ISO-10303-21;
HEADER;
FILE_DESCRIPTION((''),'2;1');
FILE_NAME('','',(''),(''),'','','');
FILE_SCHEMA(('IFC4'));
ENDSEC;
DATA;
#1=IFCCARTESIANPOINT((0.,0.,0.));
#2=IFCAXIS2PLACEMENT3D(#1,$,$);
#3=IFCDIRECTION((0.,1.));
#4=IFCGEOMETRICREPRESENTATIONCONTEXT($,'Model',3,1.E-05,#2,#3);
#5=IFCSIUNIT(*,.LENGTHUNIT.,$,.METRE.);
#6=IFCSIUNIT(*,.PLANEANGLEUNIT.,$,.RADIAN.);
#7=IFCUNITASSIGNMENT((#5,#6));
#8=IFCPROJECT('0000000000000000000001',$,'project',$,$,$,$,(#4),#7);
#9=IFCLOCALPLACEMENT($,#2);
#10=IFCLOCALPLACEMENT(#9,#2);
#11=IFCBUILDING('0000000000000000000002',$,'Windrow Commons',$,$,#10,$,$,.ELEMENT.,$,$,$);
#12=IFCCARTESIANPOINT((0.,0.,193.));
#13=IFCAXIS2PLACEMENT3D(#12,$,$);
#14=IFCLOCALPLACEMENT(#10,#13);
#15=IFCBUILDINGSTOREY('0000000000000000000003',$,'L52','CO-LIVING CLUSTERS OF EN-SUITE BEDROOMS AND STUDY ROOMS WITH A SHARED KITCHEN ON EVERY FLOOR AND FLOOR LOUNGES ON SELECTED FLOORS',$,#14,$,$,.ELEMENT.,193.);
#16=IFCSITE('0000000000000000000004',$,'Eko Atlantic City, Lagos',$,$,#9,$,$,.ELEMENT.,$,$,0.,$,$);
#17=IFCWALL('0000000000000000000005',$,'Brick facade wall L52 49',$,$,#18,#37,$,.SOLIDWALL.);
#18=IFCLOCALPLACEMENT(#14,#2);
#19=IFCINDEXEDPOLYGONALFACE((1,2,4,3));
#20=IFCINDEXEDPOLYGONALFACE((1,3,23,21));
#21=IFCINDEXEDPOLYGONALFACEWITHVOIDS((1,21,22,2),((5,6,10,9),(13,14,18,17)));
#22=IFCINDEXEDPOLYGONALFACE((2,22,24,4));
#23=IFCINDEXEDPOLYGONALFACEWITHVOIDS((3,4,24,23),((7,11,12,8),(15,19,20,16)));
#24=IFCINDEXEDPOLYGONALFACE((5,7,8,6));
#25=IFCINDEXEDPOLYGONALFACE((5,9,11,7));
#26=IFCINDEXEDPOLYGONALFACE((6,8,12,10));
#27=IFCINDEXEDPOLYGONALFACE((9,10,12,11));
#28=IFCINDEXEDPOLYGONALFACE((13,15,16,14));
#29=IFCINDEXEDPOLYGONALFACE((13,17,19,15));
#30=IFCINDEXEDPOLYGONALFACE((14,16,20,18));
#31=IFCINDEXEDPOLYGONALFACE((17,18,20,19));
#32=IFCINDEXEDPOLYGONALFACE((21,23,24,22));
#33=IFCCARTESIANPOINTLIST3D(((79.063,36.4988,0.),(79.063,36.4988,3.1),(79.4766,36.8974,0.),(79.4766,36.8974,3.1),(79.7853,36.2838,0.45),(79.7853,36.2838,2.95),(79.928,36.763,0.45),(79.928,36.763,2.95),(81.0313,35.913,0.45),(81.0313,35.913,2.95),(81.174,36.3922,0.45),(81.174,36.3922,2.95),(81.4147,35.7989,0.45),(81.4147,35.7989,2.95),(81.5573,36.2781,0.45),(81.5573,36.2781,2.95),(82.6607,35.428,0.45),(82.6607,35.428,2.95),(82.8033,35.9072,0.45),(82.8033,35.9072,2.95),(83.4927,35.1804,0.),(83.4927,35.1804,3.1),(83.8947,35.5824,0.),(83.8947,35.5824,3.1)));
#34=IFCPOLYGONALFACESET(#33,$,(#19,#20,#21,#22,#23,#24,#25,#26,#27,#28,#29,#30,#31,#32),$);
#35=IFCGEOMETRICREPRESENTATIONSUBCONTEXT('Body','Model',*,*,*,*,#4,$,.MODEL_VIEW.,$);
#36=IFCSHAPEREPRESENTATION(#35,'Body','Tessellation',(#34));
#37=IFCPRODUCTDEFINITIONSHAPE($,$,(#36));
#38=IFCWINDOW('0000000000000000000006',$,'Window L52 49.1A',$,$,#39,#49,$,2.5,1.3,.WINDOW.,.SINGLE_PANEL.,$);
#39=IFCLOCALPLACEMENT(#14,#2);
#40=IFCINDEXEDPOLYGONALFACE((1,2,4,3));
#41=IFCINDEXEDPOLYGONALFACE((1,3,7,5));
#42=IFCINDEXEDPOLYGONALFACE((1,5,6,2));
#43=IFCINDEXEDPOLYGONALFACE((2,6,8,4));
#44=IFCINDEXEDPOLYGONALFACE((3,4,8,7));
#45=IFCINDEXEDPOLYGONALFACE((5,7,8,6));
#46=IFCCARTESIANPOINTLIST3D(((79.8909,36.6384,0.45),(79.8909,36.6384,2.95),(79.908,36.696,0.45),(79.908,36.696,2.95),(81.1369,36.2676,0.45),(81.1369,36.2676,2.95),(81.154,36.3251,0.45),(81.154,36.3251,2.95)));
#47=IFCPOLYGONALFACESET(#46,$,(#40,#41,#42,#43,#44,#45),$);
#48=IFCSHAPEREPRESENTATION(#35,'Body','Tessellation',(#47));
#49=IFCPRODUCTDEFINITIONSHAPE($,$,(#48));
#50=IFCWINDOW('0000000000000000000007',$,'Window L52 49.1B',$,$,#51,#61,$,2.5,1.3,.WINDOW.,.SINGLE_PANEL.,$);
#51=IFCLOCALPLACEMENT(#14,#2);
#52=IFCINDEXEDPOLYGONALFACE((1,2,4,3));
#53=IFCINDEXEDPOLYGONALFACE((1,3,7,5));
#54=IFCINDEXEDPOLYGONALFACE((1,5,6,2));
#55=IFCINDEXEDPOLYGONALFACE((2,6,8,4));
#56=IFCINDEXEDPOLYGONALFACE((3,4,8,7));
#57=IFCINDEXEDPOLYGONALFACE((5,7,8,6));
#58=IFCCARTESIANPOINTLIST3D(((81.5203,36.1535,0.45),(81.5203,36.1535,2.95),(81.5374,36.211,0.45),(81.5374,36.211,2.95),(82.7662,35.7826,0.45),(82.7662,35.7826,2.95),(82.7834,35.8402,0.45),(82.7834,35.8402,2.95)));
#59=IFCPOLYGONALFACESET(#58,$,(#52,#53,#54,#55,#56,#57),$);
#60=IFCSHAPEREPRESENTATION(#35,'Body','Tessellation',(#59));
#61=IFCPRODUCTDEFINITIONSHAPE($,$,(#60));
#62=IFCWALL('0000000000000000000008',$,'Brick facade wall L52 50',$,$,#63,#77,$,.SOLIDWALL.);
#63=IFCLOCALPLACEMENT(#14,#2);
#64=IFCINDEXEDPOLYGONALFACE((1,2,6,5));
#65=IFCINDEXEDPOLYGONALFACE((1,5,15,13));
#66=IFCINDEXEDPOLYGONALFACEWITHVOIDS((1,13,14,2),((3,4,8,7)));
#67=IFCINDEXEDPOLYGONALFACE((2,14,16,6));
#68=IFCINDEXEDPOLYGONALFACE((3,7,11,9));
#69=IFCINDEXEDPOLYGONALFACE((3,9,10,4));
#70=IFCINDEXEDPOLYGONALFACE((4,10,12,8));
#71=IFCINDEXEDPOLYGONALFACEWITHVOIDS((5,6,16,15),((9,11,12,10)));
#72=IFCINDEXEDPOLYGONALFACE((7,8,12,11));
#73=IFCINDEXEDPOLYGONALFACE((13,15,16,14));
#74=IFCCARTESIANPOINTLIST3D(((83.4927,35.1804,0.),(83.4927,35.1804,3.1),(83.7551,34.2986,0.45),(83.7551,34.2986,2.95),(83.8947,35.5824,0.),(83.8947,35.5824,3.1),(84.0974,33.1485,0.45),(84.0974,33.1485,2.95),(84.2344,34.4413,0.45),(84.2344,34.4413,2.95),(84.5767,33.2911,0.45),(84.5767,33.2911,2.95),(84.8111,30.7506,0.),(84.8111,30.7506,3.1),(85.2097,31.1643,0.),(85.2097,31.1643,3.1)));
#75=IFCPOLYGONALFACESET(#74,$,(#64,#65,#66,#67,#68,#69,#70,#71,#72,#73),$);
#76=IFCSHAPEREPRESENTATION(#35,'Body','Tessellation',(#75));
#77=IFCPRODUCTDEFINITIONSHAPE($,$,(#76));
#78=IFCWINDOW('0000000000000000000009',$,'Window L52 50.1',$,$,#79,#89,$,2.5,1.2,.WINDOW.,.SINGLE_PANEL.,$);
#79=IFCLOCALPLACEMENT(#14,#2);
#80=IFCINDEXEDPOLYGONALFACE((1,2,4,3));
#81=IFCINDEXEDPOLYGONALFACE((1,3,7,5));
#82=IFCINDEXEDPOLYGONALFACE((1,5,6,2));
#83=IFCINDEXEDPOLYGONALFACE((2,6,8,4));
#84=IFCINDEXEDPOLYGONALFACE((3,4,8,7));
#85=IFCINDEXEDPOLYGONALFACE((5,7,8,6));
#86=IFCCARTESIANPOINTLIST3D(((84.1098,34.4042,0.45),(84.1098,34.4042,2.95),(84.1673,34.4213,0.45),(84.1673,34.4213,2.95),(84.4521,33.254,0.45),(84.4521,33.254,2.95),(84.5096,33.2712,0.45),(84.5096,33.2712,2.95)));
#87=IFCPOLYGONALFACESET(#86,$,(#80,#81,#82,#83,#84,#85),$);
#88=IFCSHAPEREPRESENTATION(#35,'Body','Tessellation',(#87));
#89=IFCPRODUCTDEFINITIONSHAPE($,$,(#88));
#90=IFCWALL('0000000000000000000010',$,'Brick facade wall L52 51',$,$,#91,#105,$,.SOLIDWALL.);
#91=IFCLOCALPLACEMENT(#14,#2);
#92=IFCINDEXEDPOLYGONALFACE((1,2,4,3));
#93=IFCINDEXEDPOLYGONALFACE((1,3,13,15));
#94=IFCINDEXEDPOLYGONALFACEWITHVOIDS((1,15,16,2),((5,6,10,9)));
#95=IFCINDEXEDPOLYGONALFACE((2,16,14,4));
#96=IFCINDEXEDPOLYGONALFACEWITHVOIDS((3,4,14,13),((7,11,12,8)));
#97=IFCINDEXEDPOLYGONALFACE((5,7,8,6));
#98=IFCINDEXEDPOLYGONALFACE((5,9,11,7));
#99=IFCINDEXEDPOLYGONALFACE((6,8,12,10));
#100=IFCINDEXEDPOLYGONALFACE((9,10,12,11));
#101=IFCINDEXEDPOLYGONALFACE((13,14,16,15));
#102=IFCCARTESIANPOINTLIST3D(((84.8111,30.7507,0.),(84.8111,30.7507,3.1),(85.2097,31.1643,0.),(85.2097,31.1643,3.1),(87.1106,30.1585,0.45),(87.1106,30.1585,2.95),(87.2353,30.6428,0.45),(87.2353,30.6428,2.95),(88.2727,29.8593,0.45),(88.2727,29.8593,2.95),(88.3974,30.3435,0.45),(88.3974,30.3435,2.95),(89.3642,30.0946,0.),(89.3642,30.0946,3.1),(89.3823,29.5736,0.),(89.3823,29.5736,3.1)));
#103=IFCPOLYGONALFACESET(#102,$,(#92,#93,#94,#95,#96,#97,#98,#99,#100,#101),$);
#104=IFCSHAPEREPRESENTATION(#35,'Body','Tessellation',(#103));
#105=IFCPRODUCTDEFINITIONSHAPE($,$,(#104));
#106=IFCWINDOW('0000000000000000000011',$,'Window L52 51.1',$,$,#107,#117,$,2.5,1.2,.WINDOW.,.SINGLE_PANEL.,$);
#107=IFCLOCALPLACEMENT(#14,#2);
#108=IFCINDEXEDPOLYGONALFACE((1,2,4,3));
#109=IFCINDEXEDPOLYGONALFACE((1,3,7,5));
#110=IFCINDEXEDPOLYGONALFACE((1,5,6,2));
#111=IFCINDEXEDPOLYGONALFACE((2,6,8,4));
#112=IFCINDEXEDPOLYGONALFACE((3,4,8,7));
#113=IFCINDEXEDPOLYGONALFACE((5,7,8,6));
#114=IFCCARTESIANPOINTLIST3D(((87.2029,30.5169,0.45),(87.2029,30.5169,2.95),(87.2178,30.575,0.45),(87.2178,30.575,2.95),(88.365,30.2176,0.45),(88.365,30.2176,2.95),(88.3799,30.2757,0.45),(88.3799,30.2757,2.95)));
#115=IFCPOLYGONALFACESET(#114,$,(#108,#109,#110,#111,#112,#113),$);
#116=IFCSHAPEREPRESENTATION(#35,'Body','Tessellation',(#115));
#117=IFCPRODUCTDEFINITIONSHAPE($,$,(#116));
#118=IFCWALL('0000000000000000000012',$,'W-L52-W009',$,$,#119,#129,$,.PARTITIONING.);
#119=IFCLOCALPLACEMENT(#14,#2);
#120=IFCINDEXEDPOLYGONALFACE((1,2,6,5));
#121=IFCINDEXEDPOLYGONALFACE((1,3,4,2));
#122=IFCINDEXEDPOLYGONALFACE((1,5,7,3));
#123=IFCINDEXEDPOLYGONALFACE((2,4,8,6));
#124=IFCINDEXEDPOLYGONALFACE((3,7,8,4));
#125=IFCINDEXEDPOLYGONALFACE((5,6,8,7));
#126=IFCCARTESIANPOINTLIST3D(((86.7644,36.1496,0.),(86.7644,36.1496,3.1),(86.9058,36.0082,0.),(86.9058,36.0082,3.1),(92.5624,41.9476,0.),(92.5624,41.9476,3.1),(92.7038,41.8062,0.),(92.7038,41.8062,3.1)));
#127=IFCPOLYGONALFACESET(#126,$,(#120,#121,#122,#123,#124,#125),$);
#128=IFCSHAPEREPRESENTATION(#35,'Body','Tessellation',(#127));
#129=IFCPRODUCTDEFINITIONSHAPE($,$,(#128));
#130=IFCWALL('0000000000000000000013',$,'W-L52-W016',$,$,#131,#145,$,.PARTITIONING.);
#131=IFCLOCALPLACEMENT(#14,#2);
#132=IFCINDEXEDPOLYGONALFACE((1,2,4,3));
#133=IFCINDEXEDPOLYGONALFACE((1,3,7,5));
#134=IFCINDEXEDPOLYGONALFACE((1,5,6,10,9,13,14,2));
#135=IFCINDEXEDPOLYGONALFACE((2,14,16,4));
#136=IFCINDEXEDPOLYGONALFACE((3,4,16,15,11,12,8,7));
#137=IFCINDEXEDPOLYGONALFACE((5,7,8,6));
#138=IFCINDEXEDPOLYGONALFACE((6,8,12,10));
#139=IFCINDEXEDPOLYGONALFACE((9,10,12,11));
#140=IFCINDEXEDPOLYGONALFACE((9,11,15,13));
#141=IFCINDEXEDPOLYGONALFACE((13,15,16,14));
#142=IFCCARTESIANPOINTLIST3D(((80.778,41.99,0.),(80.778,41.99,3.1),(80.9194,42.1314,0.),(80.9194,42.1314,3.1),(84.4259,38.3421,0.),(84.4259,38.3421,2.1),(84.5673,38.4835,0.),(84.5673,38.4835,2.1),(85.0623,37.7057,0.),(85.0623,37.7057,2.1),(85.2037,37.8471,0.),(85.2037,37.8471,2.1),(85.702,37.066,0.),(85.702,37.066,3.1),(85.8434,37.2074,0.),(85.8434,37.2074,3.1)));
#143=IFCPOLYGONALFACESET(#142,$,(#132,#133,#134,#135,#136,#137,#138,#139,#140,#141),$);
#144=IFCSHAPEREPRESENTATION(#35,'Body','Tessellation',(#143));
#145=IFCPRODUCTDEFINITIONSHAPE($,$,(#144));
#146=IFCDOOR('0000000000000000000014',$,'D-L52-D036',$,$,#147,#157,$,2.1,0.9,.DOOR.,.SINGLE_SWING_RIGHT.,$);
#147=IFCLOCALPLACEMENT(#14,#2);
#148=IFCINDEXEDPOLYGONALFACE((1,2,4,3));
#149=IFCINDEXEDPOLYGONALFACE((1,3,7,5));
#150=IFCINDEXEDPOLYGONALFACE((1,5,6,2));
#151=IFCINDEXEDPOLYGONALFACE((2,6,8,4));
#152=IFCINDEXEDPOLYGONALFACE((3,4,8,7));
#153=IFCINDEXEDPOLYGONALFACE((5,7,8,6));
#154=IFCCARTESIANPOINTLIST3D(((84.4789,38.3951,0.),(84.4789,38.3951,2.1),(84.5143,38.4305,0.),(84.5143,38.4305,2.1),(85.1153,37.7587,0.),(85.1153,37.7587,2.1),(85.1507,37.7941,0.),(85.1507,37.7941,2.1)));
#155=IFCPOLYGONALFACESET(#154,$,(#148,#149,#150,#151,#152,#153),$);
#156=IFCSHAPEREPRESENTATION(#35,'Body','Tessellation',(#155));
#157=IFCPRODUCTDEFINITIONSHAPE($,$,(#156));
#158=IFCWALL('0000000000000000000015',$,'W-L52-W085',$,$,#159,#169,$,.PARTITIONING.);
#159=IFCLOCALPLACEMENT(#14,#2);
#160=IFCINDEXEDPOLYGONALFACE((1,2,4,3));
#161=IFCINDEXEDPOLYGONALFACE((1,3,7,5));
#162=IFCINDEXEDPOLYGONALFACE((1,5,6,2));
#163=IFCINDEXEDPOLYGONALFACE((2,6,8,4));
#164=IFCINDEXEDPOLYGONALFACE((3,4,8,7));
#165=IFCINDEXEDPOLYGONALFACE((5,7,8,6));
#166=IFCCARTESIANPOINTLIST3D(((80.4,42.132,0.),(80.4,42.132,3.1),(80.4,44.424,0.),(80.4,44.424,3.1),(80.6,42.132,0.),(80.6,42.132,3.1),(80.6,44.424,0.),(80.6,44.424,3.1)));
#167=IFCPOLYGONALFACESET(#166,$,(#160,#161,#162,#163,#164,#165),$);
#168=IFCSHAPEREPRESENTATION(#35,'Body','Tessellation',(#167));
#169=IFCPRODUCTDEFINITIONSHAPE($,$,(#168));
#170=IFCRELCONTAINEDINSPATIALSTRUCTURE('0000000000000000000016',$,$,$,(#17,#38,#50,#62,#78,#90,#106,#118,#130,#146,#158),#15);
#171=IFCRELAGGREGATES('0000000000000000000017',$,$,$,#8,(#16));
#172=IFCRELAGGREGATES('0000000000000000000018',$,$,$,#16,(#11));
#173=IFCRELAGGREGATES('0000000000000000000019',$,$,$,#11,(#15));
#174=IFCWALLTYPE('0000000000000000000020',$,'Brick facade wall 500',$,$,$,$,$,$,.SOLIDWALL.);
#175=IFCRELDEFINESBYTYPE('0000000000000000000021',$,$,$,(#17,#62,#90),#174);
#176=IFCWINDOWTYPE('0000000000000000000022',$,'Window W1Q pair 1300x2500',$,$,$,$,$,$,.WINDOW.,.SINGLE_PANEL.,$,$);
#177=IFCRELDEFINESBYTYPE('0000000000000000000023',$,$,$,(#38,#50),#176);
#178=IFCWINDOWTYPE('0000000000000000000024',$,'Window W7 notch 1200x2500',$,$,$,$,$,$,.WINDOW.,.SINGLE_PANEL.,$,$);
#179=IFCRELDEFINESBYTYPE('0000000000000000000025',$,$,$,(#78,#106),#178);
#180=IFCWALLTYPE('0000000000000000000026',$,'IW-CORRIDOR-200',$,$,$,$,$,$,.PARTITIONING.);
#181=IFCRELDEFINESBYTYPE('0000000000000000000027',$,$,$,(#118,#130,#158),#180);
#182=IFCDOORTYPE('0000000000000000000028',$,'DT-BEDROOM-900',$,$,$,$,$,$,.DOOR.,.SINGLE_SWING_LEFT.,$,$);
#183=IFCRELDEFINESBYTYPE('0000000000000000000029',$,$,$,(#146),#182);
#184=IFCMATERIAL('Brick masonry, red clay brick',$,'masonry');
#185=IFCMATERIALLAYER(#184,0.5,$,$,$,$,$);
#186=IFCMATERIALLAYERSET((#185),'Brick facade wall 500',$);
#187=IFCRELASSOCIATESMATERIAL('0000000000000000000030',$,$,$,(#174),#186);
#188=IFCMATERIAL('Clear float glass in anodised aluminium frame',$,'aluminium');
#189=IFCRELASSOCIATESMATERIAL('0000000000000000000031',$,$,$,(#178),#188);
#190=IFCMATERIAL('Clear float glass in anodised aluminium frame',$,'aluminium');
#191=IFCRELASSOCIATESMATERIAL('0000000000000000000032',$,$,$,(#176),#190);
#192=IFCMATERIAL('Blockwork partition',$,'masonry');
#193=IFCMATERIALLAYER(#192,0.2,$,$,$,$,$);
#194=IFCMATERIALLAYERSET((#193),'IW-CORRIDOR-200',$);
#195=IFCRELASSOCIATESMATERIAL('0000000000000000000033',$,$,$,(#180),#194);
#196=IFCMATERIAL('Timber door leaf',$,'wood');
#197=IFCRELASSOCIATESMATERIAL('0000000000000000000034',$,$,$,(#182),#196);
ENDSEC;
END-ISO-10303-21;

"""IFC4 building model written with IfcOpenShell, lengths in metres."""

from ifc_helpers import new_model, si_unit, direction, frame, frame_2d, origin, place, context, subcontext, project, spatial, polyline, rectangle, outline, extrude, material, layer, layer_set, type_object, element, fill, save


model = new_model("IFC4")

# Units and contexts
model_context = context("Model", 3, precision=1e-05, world=origin(), true_north=direction((0.0, 1.0)))
body_context = subcontext(model_context, "Body", "Model", "MODEL_VIEW")
ifc_project = project(units=[si_unit("LENGTHUNIT", "METRE"), si_unit("PLANEANGLEUNIT", "RADIAN")], contexts=[model_context])

# Site, building, storey
site_placement = place(None, origin())
site = spatial("IfcSite", under=ifc_project, at=site_placement, Name="Eko Atlantic City, Lagos", CompositionType="ELEMENT", RefElevation=0.0)
building_placement = place(site_placement, origin())
building = spatial("IfcBuilding", under=site, at=building_placement, Name="Windrow Commons", CompositionType="ELEMENT")
storey_placement = place(building_placement, frame((0.0, 0.0, 193.0)))
storey = spatial("IfcBuildingStorey", under=building, at=storey_placement, Name="L52", Description="CO-LIVING CLUSTERS OF EN-SUITE BEDROOMS AND STUDY ROOMS WITH A SHARED KITCHEN ON EVERY FLOOR AND FLOOR LOUNGES ON SELECTED FLOORS", CompositionType="ELEMENT", Elevation=193.0)

# Shared definitions
ifc_material_1 = material(Name="Brick masonry, red clay brick", Category="masonry")
ifc_layer_1 = layer(ifc_material_1, 0.5)
ifc_layer_set_1 = layer_set([ifc_layer_1], Name="Brick facade wall 500")
wall_type_1 = type_object("IfcWallType", Name="Brick facade wall 500", PredefinedType="SOLIDWALL", material=ifc_layer_set_1)
ifc_material_2 = material(Name="Clear float glass in anodised aluminium frame", Category="aluminium")
window_type_1 = type_object("IfcWindowType", Name="Window W7 notch 1200x2500", PartitioningType="SINGLE_PANEL", PredefinedType="WINDOW", material=ifc_material_2)

# Wall, openings, windows
wall_1_placement = place(storey_placement, frame((79.2698, 36.6981, 0.0), z_axis=(0.0, 0.0, 1.0), x_axis=(0.958448, -0.285266, 0.0)))
wall_1 = element("IfcWall", 1, at=wall_1_placement, inside=storey, type_object=wall_type_1, Name="Brick facade wall L52 49", PredefinedType="SOLIDWALL", context=body_context, shape_type="SweptSolid", body=[
    extrude(outline(polyline([(-0.1414, -0.25), (4.4804, -0.25), (4.751, 0.25), (0.1414, 0.25), (-0.1414, -0.25)])), origin(), (0.0, 0.0, 1.0), 3.1),
])
opening_1_placement = place(wall_1_placement, frame((0.6123, 0.0, 0.45)))
opening_1 = element("IfcOpeningElement", 2, at=opening_1_placement, cuts=wall_1, PredefinedType="OPENING", context=body_context, shape_type="SweptSolid", body=[
    extrude(rectangle(XDim=1.3, YDim=2.5, at=frame_2d((0.65, 1.25))), frame((0.0, 0.26, 0.0), z_axis=(0.0, -1.0, 0.0), x_axis=(1.0, 0.0, 0.0)), (0.0, 0.0, 1.0), 0.52),
])
opening_2_placement = place(wall_1_placement, frame((2.3123, 0.0, 0.45)))
opening_2 = element("IfcOpeningElement", 3, at=opening_2_placement, cuts=wall_1, PredefinedType="OPENING", context=body_context, shape_type="SweptSolid", body=[
    extrude(rectangle(XDim=1.3, YDim=2.5, at=frame_2d((0.65, 1.25))), frame((0.0, 0.26, 0.0), z_axis=(0.0, -1.0, 0.0), x_axis=(1.0, 0.0, 0.0)), (0.0, 0.0, 1.0), 0.52),
])
ifc_material_3 = material(Name="Clear float glass in anodised aluminium frame", Category="aluminium")
window_type_2 = type_object("IfcWindowType", Name="Window W1Q pair 1300x2500", PartitioningType="SINGLE_PANEL", PredefinedType="WINDOW", material=ifc_material_3)
window_1_placement = place(opening_1_placement, origin())
window_1 = element("IfcWindow", 4, at=window_1_placement, inside=storey, type_object=window_type_2, Name="Window L52 49.1A", OverallHeight=2.5, OverallWidth=1.3, PartitioningType="SINGLE_PANEL", PredefinedType="WINDOW", context=body_context, shape_type="SweptSolid", body=[
    extrude(rectangle(XDim=1.3, YDim=2.5, at=frame_2d((0.65, 1.25))), frame((0.0, 0.18, 0.0), z_axis=(0.0, -1.0, 0.0), x_axis=(1.0, 0.0, 0.0)), (0.0, 0.0, 1.0), 0.06),
])
fill(opening_1, window_1)
window_2_placement = place(opening_2_placement, origin())
window_2 = element("IfcWindow", 5, at=window_2_placement, inside=storey, type_object=window_type_2, Name="Window L52 49.1B", OverallHeight=2.5, OverallWidth=1.3, PartitioningType="SINGLE_PANEL", PredefinedType="WINDOW", context=body_context, shape_type="SweptSolid", body=[
    extrude(rectangle(XDim=1.3, YDim=2.5, at=frame_2d((0.65, 1.25))), frame((0.0, 0.18, 0.0), z_axis=(0.0, -1.0, 0.0), x_axis=(1.0, 0.0, 0.0)), (0.0, 0.0, 1.0), 0.06),
])
fill(opening_2, window_2)

# Walls, openings, windows
wall_2_placement = place(storey_placement, frame((83.6937, 35.3814, 0.0), z_axis=(0.0, 0.0, 1.0), x_axis=(0.285266, -0.958448, 0.0)))
wall_2 = element("IfcWall", 6, at=wall_2_placement, inside=storey, type_object=wall_type_1, Name="Brick facade wall L52 50", PredefinedType="SOLIDWALL", context=body_context, shape_type="SweptSolid", body=[
    extrude(outline(polyline([(0.1353, -0.25), (4.7571, -0.25), (4.4743, 0.25), (-0.1353, 0.25), (0.1353, -0.25)])), origin(), (0.0, 0.0, 1.0), 3.1),
])
opening_3_placement = place(wall_2_placement, frame((1.0553, 0.0, 0.45)))
opening_3 = element("IfcOpeningElement", 7, at=opening_3_placement, cuts=wall_2, PredefinedType="OPENING", context=body_context, shape_type="SweptSolid", body=[
    extrude(rectangle(XDim=1.2, YDim=2.5, at=frame_2d((0.6, 1.25))), frame((0.0, 0.26, 0.0), z_axis=(0.0, -1.0, 0.0), x_axis=(1.0, 0.0, 0.0)), (0.0, 0.0, 1.0), 0.52),
])
window_3_placement = place(opening_3_placement, origin())
window_3 = element("IfcWindow", 8, at=window_3_placement, inside=storey, type_object=window_type_1, Name="Window L52 50.1", OverallHeight=2.5, OverallWidth=1.2, PartitioningType="SINGLE_PANEL", PredefinedType="WINDOW", context=body_context, shape_type="SweptSolid", body=[
    extrude(rectangle(XDim=1.2, YDim=2.5, at=frame_2d((0.6, 1.25))), frame((0.0, 0.18, 0.0), z_axis=(0.0, -1.0, 0.0), x_axis=(1.0, 0.0, 0.0)), (0.0, 0.0, 1.0), 0.06),
])
fill(opening_3, window_3)
wall_3_placement = place(storey_placement, frame((85.0104, 30.9575, 0.0), z_axis=(0.0, 0.0, 1.0), x_axis=(0.968411, -0.249361, 0.0)))
wall_3 = element("IfcWall", 9, at=wall_3_placement, inside=storey, type_object=wall_type_1, Name="Brick facade wall L52 51", PredefinedType="SOLIDWALL", context=body_context, shape_type="SweptSolid", body=[
    extrude(outline(polyline([(-0.1414, -0.25), (4.5789, -0.25), (4.4314, 0.25), (0.1414, 0.25), (-0.1414, -0.25)])), origin(), (0.0, 0.0, 1.0), 3.1),
])
opening_4_placement = place(wall_3_placement, frame((2.2331, 0.0, 0.45)))
opening_4 = element("IfcOpeningElement", 10, at=opening_4_placement, cuts=wall_3, PredefinedType="OPENING", context=body_context, shape_type="SweptSolid", body=[
    extrude(rectangle(XDim=1.2, YDim=2.5, at=frame_2d((0.6, 1.25))), frame((0.0, 0.26, 0.0), z_axis=(0.0, -1.0, 0.0), x_axis=(1.0, 0.0, 0.0)), (0.0, 0.0, 1.0), 0.52),
])
window_4_placement = place(opening_4_placement, origin())
window_4 = element("IfcWindow", 11, at=window_4_placement, inside=storey, type_object=window_type_1, Name="Window L52 51.1", OverallHeight=2.5, OverallWidth=1.2, PartitioningType="SINGLE_PANEL", PredefinedType="WINDOW", context=body_context, shape_type="SweptSolid", body=[
    extrude(rectangle(XDim=1.2, YDim=2.5, at=frame_2d((0.6, 1.25))), frame((0.0, 0.18, 0.0), z_axis=(0.0, -1.0, 0.0), x_axis=(1.0, 0.0, 0.0)), (0.0, 0.0, 1.0), 0.06),
])
fill(opening_4, window_4)

# Wall
ifc_material_4 = material(Name="Blockwork partition", Category="masonry")
ifc_layer_2 = layer(ifc_material_4, 0.2)
ifc_layer_set_2 = layer_set([ifc_layer_2], Name="IW-CORRIDOR-200")
wall_type_2 = type_object("IfcWallType", Name="IW-CORRIDOR-200", PredefinedType="PARTITIONING", material=ifc_layer_set_2)
wall_4_placement = place(storey_placement, frame((86.8351, 36.0789, 0.0), z_axis=(0.0, 0.0, 1.0), x_axis=(0.707107, 0.707107, 0.0)))
element("IfcWall", 12, at=wall_4_placement, inside=storey, type_object=wall_type_2, Name="W-L52-W009", PredefinedType="PARTITIONING", context=body_context, shape_type="SweptSolid", body=[
    extrude(rectangle(XDim=8.1996, YDim=0.2, at=frame_2d((4.0998, 0.0))), origin(), (0.0, 0.0, 1.0), 3.1),
])

# Wall, opening, door
wall_5_placement = place(storey_placement, frame((80.8487, 42.0607, 0.0), z_axis=(0.0, 0.0, 1.0), x_axis=(0.707107, -0.707107, 0.0)))
wall_5 = element("IfcWall", 13, at=wall_5_placement, inside=storey, type_object=wall_type_2, Name="W-L52-W016", PredefinedType="PARTITIONING", context=body_context, shape_type="SweptSolid", body=[
    extrude(rectangle(XDim=6.9636, YDim=0.2, at=frame_2d((3.4818, 0.0))), origin(), (0.0, 0.0, 1.0), 3.1),
])
opening_5_placement = place(wall_5_placement, frame((5.1589, 0.0, 0.0)))
opening_5 = element("IfcOpeningElement", 14, at=opening_5_placement, cuts=wall_5, PredefinedType="OPENING", context=body_context, shape_type="SweptSolid", body=[
    extrude(rectangle(XDim=0.9, YDim=2.1, at=frame_2d((0.45, 1.05))), frame((0.0, 0.11, 0.0), z_axis=(0.0, -1.0, 0.0), x_axis=(1.0, 0.0, 0.0)), (0.0, 0.0, 1.0), 0.22),
])
ifc_material_5 = material(Name="Timber door leaf", Category="wood")
door_type_1 = type_object("IfcDoorType", Name="DT-BEDROOM-900", OperationType="SINGLE_SWING_LEFT", PredefinedType="DOOR", material=ifc_material_5)
door_1_placement = place(opening_5_placement, origin())
door_1 = element("IfcDoor", 15, at=door_1_placement, inside=storey, type_object=door_type_1, Name="D-L52-D036", OperationType="SINGLE_SWING_RIGHT", OverallHeight=2.1, OverallWidth=0.9, PredefinedType="DOOR", context=body_context, shape_type="SweptSolid", body=[
    extrude(rectangle(XDim=0.9, YDim=2.1, at=frame_2d((0.45, 1.05))), frame((0.0, 0.025, 0.0), z_axis=(0.0, -1.0, 0.0), x_axis=(1.0, 0.0, 0.0)), (0.0, 0.0, 1.0), 0.05),
])
fill(opening_5, door_1)

# Wall
wall_6_placement = place(storey_placement, frame((80.5, 42.132, 0.0), z_axis=(0.0, 0.0, 1.0), x_axis=(0.0, 1.0, 0.0)))
element("IfcWall", 16, at=wall_6_placement, inside=storey, type_object=wall_type_2, Name="W-L52-W085", PredefinedType="PARTITIONING", context=body_context, shape_type="SweptSolid", body=[
    extrude(rectangle(XDim=2.292, YDim=0.2, at=frame_2d((1.146, 0.0))), origin(), (0.0, 0.0, 1.0), 3.1),
])

save(model, "model.ifc")
